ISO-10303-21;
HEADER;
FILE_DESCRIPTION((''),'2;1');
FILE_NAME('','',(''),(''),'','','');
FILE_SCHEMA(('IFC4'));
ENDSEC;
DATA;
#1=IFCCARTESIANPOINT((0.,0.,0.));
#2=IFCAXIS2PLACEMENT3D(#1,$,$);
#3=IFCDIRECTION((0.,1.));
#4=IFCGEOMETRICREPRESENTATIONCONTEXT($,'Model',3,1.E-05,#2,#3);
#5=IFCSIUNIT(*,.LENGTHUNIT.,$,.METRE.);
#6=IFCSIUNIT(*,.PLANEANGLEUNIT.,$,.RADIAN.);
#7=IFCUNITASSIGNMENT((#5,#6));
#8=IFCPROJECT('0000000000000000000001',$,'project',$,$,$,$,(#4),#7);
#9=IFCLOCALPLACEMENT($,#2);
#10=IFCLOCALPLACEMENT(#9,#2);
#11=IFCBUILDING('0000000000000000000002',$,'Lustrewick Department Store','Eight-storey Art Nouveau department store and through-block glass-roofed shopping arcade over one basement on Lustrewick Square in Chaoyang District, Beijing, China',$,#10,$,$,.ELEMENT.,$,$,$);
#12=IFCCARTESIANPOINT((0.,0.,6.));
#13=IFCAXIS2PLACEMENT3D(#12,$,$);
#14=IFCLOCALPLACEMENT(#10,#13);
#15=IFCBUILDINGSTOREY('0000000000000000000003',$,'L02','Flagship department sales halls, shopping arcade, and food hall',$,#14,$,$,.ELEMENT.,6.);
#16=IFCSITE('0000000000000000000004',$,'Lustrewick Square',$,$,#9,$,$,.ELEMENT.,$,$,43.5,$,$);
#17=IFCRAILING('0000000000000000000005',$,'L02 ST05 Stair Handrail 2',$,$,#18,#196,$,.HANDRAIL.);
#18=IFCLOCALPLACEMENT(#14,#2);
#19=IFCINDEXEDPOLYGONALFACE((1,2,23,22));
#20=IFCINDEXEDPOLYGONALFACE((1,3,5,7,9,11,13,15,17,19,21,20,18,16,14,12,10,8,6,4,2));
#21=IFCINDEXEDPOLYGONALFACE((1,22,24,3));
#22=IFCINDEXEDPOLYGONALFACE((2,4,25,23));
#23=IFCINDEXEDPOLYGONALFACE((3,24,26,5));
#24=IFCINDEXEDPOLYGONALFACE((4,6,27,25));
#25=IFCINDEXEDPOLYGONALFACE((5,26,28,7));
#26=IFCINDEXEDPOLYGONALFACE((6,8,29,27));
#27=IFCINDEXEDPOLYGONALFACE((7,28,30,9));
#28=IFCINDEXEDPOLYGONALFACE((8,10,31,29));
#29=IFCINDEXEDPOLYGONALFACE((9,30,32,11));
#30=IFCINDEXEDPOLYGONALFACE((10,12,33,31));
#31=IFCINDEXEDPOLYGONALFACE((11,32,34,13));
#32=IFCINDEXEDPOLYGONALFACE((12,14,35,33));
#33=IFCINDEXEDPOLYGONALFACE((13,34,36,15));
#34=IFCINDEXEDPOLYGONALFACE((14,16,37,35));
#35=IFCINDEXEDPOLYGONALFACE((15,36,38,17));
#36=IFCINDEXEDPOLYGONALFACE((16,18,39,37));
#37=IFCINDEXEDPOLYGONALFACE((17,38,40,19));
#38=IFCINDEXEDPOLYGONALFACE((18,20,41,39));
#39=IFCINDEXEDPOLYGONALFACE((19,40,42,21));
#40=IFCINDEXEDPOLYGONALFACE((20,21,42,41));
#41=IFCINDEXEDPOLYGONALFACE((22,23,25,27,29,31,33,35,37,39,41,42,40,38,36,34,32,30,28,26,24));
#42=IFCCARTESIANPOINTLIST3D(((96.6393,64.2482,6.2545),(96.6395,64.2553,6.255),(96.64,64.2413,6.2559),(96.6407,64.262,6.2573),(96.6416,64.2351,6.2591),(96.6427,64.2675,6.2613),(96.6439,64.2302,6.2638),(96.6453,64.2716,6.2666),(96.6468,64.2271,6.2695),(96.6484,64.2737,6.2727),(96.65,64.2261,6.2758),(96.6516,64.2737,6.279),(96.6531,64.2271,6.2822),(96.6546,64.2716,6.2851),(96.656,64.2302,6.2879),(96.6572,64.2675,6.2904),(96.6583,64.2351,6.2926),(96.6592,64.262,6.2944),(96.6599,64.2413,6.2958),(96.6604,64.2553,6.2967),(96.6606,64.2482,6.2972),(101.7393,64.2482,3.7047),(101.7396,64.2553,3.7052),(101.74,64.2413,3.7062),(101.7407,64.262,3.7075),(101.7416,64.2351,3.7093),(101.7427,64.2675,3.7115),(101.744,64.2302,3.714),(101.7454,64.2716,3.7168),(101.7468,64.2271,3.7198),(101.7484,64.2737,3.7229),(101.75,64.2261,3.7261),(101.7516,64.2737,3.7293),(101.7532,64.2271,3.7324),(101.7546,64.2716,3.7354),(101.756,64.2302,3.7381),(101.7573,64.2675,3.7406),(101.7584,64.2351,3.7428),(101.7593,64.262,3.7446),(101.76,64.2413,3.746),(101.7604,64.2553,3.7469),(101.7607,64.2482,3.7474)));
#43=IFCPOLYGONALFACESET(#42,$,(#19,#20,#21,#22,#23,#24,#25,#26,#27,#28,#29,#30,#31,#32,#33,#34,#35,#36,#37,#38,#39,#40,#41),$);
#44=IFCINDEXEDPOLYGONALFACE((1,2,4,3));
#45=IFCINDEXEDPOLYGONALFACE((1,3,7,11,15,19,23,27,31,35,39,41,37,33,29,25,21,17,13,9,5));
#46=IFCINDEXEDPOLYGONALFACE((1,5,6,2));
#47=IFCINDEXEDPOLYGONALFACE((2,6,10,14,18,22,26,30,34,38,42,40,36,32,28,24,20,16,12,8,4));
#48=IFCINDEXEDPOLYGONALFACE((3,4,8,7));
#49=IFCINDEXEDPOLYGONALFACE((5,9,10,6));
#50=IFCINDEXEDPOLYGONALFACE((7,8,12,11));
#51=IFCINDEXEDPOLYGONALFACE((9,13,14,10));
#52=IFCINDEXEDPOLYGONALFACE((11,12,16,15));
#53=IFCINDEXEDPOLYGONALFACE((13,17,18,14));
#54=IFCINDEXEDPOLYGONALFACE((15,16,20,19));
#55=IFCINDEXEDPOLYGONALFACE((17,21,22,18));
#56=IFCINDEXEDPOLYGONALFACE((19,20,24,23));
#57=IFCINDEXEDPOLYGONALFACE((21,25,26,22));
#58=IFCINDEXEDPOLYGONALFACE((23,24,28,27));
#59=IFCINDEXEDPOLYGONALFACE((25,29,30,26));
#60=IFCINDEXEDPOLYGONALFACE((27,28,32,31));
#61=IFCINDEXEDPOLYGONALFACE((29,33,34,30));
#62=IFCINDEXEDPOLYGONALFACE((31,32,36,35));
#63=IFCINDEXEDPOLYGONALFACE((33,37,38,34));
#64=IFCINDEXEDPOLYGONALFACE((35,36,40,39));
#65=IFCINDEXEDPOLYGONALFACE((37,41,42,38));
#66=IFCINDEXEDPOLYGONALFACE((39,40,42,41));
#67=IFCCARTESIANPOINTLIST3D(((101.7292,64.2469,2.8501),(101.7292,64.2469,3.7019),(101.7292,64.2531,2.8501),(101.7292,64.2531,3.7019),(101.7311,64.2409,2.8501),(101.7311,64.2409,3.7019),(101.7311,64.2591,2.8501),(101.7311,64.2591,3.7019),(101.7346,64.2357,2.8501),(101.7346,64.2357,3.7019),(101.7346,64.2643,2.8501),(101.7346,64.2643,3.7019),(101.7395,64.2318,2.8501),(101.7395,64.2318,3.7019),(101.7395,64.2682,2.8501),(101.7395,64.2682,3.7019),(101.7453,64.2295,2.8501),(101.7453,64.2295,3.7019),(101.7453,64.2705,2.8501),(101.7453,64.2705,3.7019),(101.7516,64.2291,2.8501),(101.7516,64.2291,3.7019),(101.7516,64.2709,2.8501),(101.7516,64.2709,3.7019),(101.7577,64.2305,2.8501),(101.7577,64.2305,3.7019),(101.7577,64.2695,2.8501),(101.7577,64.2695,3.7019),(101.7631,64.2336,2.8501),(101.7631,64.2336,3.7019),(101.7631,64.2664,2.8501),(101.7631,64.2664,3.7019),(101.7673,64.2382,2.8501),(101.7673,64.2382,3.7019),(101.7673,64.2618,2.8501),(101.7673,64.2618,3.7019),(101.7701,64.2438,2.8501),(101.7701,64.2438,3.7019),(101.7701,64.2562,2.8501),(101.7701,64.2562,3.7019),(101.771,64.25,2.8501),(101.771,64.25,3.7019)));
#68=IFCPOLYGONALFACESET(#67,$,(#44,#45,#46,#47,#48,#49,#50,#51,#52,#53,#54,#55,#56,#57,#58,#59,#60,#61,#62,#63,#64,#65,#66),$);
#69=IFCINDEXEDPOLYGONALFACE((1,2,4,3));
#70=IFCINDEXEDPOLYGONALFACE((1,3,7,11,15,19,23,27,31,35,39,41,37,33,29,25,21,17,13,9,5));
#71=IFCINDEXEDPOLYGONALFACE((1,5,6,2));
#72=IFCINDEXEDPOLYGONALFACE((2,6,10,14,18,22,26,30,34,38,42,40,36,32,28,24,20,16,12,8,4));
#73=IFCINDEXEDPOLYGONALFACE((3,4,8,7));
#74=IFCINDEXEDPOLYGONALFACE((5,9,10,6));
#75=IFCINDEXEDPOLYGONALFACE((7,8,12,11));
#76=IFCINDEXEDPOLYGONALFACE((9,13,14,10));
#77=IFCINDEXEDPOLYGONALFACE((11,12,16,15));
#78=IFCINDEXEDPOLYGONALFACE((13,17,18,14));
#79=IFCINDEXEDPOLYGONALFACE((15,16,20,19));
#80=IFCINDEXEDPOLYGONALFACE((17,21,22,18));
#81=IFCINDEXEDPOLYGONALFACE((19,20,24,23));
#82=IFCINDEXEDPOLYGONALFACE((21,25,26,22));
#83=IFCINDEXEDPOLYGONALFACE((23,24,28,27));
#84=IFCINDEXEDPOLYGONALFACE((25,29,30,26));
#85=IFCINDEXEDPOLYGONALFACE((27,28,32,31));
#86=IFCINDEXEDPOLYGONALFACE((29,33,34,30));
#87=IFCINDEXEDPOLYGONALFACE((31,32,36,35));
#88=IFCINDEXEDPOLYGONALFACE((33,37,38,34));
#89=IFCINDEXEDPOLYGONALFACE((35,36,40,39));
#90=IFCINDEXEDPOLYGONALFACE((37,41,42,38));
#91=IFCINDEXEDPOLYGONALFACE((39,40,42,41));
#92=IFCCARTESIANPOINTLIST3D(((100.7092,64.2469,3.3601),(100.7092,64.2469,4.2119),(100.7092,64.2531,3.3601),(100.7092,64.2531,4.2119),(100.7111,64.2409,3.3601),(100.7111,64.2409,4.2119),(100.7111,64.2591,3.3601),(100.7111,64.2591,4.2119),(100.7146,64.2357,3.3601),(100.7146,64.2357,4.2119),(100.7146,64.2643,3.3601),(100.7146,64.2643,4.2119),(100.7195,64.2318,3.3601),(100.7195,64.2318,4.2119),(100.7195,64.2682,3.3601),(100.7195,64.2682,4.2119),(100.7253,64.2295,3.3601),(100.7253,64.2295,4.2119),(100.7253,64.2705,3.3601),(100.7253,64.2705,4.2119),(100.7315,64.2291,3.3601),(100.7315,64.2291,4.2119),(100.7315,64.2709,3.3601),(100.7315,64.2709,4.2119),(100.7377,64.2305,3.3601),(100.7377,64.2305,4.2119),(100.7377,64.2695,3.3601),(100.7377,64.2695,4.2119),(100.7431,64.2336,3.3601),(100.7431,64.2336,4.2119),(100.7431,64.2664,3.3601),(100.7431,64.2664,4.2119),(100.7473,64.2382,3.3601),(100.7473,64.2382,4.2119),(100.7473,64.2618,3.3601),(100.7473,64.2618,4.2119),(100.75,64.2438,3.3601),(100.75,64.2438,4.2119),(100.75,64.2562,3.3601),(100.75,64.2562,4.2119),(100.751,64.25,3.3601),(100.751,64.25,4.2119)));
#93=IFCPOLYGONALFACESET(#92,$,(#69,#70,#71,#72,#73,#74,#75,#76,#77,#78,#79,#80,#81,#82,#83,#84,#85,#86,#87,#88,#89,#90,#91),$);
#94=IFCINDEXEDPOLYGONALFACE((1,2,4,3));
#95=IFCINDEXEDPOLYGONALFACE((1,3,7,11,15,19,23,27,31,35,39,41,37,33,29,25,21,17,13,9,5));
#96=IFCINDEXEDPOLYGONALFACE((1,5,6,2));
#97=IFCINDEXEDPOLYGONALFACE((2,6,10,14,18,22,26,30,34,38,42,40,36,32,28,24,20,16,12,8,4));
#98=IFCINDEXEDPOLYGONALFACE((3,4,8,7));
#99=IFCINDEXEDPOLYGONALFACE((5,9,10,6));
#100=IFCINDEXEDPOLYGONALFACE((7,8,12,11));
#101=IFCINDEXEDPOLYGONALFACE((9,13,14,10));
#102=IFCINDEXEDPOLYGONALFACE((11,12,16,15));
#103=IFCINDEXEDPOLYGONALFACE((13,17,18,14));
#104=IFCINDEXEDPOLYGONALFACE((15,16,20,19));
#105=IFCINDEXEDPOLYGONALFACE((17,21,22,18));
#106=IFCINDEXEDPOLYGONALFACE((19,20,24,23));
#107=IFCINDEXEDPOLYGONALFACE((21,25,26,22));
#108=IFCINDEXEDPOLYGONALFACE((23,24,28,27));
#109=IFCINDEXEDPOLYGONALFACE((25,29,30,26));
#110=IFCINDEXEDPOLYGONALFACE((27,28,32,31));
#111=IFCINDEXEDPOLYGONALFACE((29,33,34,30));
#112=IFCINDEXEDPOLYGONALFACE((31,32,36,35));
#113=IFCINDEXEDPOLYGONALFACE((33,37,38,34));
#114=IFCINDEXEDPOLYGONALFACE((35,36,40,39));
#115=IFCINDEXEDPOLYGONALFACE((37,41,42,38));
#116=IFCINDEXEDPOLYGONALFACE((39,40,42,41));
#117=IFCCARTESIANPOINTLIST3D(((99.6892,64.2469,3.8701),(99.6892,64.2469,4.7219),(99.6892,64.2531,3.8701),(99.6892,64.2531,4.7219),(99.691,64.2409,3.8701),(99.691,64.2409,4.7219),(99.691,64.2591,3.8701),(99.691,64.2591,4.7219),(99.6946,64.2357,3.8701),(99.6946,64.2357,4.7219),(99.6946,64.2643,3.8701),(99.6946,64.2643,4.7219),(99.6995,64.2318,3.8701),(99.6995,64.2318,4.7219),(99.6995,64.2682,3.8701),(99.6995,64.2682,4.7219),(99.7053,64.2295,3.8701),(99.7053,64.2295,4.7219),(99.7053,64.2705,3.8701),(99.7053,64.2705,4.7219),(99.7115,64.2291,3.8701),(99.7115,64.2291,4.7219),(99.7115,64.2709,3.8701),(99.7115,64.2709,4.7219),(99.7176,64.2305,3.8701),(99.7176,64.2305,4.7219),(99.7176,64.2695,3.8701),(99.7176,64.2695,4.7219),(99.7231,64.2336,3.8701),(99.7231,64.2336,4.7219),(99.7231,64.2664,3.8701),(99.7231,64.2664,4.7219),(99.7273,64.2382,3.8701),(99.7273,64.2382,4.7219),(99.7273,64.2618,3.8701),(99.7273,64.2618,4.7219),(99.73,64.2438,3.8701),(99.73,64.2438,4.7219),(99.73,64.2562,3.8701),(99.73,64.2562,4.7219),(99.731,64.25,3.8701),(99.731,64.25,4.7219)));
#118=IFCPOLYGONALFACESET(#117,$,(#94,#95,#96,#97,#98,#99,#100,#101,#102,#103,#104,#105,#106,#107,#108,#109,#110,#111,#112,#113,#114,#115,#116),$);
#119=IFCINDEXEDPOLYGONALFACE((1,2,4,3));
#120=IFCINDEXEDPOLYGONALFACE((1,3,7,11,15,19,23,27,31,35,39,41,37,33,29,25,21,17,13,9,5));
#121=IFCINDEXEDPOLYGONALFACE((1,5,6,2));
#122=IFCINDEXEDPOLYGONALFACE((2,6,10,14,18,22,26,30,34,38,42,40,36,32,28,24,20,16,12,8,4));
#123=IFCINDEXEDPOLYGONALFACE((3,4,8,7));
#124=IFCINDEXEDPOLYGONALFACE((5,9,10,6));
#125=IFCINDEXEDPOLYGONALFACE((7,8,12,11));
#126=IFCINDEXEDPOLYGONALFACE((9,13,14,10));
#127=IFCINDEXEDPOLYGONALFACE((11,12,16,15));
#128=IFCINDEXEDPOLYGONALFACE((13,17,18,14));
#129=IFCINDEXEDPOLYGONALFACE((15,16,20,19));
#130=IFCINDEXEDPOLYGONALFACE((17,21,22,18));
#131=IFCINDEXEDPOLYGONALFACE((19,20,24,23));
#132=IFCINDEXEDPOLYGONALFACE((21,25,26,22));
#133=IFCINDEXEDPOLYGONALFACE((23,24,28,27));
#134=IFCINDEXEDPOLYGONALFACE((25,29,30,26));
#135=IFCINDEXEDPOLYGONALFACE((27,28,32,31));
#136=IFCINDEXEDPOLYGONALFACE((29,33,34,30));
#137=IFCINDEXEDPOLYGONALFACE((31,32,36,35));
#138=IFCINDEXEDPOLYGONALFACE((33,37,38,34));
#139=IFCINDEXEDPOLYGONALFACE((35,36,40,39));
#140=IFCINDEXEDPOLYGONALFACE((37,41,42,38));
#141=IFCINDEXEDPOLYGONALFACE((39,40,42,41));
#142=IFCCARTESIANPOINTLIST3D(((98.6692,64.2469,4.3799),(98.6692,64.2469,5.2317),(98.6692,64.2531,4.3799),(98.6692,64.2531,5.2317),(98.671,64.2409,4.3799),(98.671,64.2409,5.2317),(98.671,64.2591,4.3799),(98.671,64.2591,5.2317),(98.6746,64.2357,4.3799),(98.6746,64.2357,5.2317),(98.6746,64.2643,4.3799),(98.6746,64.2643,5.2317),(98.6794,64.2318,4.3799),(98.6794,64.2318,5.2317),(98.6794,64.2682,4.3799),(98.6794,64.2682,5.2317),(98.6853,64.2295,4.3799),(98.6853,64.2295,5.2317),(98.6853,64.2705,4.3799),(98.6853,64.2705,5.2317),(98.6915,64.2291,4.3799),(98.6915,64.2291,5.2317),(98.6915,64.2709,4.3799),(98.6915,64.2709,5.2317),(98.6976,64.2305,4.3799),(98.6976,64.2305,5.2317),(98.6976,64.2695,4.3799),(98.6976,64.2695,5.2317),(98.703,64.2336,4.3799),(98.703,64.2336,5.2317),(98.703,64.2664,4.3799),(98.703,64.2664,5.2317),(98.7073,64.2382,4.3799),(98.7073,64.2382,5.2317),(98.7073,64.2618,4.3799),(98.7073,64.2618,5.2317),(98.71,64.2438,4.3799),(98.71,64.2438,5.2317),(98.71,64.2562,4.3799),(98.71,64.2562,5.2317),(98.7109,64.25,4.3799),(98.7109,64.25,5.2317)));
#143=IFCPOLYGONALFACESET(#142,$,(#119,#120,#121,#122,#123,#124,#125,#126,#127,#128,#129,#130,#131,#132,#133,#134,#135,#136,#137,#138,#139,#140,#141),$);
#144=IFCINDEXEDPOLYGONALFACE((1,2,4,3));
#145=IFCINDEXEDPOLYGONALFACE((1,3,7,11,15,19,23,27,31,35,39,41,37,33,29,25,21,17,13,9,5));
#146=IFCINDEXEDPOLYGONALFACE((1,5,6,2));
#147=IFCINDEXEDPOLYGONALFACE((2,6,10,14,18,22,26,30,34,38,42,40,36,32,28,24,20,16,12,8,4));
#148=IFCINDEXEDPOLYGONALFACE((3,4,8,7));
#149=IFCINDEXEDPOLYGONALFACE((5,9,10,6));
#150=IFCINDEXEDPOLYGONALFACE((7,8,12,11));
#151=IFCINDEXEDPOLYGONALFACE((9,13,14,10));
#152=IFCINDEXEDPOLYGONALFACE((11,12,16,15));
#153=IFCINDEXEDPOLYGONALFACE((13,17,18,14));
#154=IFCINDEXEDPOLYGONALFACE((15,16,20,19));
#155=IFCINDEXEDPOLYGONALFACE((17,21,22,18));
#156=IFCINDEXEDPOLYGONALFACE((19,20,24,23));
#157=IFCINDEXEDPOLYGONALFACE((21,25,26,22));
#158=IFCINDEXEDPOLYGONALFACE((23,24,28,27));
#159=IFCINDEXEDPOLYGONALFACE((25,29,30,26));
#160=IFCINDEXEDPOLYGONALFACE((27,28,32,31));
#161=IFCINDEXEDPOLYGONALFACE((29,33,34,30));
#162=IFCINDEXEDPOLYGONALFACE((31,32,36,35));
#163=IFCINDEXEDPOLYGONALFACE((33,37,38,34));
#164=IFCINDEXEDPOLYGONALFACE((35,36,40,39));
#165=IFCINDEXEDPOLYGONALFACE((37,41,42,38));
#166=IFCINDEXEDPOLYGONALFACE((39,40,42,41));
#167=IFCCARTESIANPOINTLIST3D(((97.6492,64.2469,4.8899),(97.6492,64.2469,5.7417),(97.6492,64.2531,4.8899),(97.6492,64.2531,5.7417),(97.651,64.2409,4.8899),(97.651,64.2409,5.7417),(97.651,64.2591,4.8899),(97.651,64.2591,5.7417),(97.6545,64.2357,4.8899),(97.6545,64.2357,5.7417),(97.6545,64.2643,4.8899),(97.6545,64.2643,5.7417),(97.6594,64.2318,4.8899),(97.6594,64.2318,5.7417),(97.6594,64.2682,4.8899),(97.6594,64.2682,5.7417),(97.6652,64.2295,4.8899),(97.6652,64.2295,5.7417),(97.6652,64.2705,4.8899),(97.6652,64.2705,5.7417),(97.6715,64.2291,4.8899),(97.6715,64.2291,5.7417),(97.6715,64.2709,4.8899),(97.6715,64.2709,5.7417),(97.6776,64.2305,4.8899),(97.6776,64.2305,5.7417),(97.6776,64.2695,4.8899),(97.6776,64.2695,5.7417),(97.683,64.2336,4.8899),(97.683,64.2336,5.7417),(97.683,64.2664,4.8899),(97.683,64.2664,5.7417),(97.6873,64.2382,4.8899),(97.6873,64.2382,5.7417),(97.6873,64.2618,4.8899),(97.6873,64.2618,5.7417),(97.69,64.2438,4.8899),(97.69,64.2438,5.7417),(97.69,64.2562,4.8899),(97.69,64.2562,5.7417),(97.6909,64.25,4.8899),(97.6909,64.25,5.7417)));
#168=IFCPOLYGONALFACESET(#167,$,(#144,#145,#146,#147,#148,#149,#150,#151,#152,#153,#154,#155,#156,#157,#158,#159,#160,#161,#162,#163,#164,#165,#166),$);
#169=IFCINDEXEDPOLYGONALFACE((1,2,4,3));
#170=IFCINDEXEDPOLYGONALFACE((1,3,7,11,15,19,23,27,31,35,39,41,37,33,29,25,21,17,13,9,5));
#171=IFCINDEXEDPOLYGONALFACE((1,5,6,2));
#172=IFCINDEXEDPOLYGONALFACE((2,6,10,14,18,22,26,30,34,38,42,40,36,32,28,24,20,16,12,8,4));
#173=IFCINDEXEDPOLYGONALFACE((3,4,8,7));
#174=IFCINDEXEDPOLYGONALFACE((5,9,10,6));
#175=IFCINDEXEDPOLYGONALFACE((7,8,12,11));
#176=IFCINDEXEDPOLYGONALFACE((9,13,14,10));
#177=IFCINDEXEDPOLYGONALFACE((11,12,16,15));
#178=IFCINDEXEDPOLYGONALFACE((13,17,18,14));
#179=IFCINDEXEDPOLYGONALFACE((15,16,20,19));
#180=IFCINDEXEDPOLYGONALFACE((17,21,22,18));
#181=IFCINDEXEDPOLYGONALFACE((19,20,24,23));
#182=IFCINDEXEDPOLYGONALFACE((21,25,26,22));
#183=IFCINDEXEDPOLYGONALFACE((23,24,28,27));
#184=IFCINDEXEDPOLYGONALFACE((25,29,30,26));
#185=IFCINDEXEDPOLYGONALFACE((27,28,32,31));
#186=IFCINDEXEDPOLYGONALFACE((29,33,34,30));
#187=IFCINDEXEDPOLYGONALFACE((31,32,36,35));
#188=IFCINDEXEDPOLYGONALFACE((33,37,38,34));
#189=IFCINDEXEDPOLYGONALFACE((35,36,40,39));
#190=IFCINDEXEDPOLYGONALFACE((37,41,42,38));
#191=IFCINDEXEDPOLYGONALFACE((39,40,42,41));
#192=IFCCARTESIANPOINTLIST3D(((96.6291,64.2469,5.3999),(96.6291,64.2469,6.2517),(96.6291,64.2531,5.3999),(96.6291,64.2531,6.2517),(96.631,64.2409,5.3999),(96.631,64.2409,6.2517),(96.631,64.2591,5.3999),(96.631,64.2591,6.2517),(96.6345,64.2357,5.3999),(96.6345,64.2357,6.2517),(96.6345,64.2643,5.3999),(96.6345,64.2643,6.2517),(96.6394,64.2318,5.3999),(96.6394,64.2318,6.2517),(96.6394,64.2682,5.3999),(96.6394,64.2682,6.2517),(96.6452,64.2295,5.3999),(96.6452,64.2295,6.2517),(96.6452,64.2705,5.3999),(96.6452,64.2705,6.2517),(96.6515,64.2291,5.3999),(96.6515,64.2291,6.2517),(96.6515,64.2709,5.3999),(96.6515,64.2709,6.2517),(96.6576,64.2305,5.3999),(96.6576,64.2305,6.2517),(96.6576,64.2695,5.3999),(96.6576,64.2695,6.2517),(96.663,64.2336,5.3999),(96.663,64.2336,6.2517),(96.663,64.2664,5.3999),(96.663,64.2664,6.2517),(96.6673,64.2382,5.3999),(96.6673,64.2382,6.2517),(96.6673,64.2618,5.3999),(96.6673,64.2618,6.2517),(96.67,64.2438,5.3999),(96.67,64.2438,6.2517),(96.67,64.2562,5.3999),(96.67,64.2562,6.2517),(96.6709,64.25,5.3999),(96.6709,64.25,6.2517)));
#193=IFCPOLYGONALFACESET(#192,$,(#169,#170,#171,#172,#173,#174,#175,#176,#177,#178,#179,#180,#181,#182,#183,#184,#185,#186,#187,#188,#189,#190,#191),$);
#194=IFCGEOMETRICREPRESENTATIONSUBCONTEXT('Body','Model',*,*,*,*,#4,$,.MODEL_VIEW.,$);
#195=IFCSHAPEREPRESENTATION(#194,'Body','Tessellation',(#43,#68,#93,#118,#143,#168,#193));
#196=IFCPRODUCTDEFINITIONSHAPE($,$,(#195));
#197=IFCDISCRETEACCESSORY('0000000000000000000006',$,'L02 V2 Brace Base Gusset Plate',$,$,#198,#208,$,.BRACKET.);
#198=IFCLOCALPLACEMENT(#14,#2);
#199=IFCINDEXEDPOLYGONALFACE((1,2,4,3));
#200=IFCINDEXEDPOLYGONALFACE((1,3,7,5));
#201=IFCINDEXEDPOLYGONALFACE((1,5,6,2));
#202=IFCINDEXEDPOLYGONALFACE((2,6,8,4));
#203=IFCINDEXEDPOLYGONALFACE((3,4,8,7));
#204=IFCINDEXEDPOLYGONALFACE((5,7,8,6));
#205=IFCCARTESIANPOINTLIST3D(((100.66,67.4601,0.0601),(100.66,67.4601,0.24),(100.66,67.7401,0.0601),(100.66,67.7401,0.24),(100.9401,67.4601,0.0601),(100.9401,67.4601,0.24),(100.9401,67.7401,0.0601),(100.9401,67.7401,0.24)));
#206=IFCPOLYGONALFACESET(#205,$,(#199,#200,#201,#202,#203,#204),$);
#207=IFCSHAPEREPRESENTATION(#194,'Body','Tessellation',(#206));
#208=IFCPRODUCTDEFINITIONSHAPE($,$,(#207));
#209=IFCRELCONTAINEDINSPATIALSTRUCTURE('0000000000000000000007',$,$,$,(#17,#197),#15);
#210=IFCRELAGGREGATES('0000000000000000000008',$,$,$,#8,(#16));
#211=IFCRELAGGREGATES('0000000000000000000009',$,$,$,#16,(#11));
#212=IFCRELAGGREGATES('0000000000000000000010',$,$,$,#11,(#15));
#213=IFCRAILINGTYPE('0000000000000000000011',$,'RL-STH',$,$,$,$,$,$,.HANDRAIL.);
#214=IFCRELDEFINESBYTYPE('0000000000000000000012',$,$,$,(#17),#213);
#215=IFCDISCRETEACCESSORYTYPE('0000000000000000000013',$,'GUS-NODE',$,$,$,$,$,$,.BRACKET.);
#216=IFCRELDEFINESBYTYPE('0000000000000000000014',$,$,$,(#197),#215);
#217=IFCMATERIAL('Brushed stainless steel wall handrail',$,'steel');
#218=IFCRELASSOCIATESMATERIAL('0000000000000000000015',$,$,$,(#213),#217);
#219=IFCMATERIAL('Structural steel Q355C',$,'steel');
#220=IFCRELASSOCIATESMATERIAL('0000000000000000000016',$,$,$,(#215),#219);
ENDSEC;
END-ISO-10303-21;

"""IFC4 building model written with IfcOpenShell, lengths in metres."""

from ifc_helpers import new_model, si_unit, direction, frame, origin, origin_2d, place, context, subcontext, project, spatial, rectangle, circle, extrude, material, type_object, element, save


model = new_model("IFC4")

# Units and contexts
model_context = context("Model", 3, precision=1e-05, world=origin(), true_north=direction((0.0, 1.0)))
body_context = subcontext(model_context, "Body", "Model", "MODEL_VIEW")
ifc_project = project(units=[si_unit("LENGTHUNIT", "METRE"), si_unit("PLANEANGLEUNIT", "RADIAN")], contexts=[model_context])

# Site, building, storey
site_placement = place(None, origin())
site = spatial("IfcSite", under=ifc_project, at=site_placement, Name="Lustrewick Square", CompositionType="ELEMENT", RefElevation=43.5)
building_placement = place(site_placement, origin())
building = spatial("IfcBuilding", under=site, at=building_placement, Name="Lustrewick Department Store", Description="Eight-storey Art Nouveau department store and through-block glass-roofed shopping arcade over one basement on Lustrewick Square in Chaoyang District, Beijing, China", CompositionType="ELEMENT")
storey_placement = place(building_placement, frame((0.0, 0.0, 6.0)))
storey = spatial("IfcBuildingStorey", under=building, at=storey_placement, Name="L02", Description="Flagship department sales halls, shopping arcade, and food hall", CompositionType="ELEMENT", Elevation=6.0)

# Shared definitions
ifc_material_1 = material(Name="Structural steel Q355C", Category="steel")

# Railing
ifc_material_2 = material(Name="Brushed stainless steel wall handrail", Category="steel")
railing_type_1 = type_object("IfcRailingType", Name="RL-STH", PredefinedType="HANDRAIL", material=ifc_material_2)
railing_1_placement = place(storey_placement, frame((101.75, 64.25, 2.8501)))
element("IfcRailing", 1, at=railing_1_placement, inside=storey, type_object=railing_type_1, Name="L02 ST05 Stair Handrail 2", PredefinedType="HANDRAIL", context=body_context, shape_type="SweptSolid", body=[
    extrude(circle(Radius=0.0239, at=origin_2d()), frame((0.0, 0.0, 0.876), z_axis=(-0.894444, 0.0, 0.447179), x_axis=(0.0, -1.0, 0.0)), (0.0, 0.0, 1.0), 5.7019),
    extrude(circle(Radius=0.021, at=origin_2d()), origin(), (0.0, 0.0, 1.0), 0.8518),
    extrude(circle(Radius=0.021, at=origin_2d()), frame((-1.02, 0.0, 0.51)), (0.0, 0.0, 1.0), 0.8518),
    extrude(circle(Radius=0.021, at=origin_2d()), frame((-2.04, 0.0, 1.02)), (0.0, 0.0, 1.0), 0.8518),
    extrude(circle(Radius=0.021, at=origin_2d()), frame((-3.0601, 0.0, 1.5298)), (0.0, 0.0, 1.0), 0.8518),
    extrude(circle(Radius=0.021, at=origin_2d()), frame((-4.0801, 0.0, 2.0398)), (0.0, 0.0, 1.0), 0.8518),
    extrude(circle(Radius=0.021, at=origin_2d()), frame((-5.1001, 0.0, 2.5498)), (0.0, 0.0, 1.0), 0.8518),
])

# Discrete accessory
discrete_accessory_type_1 = type_object("IfcDiscreteAccessoryType", Name="GUS-NODE", PredefinedType="BRACKET", material=ifc_material_1)
discrete_accessory_1_placement = place(storey_placement, frame((100.8, 67.6001, 0.0601), z_axis=(0.0, 0.0, 1.0), x_axis=(1.0, 0.0, 0.0)))
element("IfcDiscreteAccessory", 2, at=discrete_accessory_1_placement, inside=storey, type_object=discrete_accessory_type_1, Name="L02 V2 Brace Base Gusset Plate", PredefinedType="BRACKET", context=body_context, shape_type="SweptSolid", body=[
    extrude(rectangle(XDim=0.28, YDim=0.28, at=origin_2d()), origin(), (0.0, 0.0, 1.0), 0.1799),
])

save(model, "model.ifc")
